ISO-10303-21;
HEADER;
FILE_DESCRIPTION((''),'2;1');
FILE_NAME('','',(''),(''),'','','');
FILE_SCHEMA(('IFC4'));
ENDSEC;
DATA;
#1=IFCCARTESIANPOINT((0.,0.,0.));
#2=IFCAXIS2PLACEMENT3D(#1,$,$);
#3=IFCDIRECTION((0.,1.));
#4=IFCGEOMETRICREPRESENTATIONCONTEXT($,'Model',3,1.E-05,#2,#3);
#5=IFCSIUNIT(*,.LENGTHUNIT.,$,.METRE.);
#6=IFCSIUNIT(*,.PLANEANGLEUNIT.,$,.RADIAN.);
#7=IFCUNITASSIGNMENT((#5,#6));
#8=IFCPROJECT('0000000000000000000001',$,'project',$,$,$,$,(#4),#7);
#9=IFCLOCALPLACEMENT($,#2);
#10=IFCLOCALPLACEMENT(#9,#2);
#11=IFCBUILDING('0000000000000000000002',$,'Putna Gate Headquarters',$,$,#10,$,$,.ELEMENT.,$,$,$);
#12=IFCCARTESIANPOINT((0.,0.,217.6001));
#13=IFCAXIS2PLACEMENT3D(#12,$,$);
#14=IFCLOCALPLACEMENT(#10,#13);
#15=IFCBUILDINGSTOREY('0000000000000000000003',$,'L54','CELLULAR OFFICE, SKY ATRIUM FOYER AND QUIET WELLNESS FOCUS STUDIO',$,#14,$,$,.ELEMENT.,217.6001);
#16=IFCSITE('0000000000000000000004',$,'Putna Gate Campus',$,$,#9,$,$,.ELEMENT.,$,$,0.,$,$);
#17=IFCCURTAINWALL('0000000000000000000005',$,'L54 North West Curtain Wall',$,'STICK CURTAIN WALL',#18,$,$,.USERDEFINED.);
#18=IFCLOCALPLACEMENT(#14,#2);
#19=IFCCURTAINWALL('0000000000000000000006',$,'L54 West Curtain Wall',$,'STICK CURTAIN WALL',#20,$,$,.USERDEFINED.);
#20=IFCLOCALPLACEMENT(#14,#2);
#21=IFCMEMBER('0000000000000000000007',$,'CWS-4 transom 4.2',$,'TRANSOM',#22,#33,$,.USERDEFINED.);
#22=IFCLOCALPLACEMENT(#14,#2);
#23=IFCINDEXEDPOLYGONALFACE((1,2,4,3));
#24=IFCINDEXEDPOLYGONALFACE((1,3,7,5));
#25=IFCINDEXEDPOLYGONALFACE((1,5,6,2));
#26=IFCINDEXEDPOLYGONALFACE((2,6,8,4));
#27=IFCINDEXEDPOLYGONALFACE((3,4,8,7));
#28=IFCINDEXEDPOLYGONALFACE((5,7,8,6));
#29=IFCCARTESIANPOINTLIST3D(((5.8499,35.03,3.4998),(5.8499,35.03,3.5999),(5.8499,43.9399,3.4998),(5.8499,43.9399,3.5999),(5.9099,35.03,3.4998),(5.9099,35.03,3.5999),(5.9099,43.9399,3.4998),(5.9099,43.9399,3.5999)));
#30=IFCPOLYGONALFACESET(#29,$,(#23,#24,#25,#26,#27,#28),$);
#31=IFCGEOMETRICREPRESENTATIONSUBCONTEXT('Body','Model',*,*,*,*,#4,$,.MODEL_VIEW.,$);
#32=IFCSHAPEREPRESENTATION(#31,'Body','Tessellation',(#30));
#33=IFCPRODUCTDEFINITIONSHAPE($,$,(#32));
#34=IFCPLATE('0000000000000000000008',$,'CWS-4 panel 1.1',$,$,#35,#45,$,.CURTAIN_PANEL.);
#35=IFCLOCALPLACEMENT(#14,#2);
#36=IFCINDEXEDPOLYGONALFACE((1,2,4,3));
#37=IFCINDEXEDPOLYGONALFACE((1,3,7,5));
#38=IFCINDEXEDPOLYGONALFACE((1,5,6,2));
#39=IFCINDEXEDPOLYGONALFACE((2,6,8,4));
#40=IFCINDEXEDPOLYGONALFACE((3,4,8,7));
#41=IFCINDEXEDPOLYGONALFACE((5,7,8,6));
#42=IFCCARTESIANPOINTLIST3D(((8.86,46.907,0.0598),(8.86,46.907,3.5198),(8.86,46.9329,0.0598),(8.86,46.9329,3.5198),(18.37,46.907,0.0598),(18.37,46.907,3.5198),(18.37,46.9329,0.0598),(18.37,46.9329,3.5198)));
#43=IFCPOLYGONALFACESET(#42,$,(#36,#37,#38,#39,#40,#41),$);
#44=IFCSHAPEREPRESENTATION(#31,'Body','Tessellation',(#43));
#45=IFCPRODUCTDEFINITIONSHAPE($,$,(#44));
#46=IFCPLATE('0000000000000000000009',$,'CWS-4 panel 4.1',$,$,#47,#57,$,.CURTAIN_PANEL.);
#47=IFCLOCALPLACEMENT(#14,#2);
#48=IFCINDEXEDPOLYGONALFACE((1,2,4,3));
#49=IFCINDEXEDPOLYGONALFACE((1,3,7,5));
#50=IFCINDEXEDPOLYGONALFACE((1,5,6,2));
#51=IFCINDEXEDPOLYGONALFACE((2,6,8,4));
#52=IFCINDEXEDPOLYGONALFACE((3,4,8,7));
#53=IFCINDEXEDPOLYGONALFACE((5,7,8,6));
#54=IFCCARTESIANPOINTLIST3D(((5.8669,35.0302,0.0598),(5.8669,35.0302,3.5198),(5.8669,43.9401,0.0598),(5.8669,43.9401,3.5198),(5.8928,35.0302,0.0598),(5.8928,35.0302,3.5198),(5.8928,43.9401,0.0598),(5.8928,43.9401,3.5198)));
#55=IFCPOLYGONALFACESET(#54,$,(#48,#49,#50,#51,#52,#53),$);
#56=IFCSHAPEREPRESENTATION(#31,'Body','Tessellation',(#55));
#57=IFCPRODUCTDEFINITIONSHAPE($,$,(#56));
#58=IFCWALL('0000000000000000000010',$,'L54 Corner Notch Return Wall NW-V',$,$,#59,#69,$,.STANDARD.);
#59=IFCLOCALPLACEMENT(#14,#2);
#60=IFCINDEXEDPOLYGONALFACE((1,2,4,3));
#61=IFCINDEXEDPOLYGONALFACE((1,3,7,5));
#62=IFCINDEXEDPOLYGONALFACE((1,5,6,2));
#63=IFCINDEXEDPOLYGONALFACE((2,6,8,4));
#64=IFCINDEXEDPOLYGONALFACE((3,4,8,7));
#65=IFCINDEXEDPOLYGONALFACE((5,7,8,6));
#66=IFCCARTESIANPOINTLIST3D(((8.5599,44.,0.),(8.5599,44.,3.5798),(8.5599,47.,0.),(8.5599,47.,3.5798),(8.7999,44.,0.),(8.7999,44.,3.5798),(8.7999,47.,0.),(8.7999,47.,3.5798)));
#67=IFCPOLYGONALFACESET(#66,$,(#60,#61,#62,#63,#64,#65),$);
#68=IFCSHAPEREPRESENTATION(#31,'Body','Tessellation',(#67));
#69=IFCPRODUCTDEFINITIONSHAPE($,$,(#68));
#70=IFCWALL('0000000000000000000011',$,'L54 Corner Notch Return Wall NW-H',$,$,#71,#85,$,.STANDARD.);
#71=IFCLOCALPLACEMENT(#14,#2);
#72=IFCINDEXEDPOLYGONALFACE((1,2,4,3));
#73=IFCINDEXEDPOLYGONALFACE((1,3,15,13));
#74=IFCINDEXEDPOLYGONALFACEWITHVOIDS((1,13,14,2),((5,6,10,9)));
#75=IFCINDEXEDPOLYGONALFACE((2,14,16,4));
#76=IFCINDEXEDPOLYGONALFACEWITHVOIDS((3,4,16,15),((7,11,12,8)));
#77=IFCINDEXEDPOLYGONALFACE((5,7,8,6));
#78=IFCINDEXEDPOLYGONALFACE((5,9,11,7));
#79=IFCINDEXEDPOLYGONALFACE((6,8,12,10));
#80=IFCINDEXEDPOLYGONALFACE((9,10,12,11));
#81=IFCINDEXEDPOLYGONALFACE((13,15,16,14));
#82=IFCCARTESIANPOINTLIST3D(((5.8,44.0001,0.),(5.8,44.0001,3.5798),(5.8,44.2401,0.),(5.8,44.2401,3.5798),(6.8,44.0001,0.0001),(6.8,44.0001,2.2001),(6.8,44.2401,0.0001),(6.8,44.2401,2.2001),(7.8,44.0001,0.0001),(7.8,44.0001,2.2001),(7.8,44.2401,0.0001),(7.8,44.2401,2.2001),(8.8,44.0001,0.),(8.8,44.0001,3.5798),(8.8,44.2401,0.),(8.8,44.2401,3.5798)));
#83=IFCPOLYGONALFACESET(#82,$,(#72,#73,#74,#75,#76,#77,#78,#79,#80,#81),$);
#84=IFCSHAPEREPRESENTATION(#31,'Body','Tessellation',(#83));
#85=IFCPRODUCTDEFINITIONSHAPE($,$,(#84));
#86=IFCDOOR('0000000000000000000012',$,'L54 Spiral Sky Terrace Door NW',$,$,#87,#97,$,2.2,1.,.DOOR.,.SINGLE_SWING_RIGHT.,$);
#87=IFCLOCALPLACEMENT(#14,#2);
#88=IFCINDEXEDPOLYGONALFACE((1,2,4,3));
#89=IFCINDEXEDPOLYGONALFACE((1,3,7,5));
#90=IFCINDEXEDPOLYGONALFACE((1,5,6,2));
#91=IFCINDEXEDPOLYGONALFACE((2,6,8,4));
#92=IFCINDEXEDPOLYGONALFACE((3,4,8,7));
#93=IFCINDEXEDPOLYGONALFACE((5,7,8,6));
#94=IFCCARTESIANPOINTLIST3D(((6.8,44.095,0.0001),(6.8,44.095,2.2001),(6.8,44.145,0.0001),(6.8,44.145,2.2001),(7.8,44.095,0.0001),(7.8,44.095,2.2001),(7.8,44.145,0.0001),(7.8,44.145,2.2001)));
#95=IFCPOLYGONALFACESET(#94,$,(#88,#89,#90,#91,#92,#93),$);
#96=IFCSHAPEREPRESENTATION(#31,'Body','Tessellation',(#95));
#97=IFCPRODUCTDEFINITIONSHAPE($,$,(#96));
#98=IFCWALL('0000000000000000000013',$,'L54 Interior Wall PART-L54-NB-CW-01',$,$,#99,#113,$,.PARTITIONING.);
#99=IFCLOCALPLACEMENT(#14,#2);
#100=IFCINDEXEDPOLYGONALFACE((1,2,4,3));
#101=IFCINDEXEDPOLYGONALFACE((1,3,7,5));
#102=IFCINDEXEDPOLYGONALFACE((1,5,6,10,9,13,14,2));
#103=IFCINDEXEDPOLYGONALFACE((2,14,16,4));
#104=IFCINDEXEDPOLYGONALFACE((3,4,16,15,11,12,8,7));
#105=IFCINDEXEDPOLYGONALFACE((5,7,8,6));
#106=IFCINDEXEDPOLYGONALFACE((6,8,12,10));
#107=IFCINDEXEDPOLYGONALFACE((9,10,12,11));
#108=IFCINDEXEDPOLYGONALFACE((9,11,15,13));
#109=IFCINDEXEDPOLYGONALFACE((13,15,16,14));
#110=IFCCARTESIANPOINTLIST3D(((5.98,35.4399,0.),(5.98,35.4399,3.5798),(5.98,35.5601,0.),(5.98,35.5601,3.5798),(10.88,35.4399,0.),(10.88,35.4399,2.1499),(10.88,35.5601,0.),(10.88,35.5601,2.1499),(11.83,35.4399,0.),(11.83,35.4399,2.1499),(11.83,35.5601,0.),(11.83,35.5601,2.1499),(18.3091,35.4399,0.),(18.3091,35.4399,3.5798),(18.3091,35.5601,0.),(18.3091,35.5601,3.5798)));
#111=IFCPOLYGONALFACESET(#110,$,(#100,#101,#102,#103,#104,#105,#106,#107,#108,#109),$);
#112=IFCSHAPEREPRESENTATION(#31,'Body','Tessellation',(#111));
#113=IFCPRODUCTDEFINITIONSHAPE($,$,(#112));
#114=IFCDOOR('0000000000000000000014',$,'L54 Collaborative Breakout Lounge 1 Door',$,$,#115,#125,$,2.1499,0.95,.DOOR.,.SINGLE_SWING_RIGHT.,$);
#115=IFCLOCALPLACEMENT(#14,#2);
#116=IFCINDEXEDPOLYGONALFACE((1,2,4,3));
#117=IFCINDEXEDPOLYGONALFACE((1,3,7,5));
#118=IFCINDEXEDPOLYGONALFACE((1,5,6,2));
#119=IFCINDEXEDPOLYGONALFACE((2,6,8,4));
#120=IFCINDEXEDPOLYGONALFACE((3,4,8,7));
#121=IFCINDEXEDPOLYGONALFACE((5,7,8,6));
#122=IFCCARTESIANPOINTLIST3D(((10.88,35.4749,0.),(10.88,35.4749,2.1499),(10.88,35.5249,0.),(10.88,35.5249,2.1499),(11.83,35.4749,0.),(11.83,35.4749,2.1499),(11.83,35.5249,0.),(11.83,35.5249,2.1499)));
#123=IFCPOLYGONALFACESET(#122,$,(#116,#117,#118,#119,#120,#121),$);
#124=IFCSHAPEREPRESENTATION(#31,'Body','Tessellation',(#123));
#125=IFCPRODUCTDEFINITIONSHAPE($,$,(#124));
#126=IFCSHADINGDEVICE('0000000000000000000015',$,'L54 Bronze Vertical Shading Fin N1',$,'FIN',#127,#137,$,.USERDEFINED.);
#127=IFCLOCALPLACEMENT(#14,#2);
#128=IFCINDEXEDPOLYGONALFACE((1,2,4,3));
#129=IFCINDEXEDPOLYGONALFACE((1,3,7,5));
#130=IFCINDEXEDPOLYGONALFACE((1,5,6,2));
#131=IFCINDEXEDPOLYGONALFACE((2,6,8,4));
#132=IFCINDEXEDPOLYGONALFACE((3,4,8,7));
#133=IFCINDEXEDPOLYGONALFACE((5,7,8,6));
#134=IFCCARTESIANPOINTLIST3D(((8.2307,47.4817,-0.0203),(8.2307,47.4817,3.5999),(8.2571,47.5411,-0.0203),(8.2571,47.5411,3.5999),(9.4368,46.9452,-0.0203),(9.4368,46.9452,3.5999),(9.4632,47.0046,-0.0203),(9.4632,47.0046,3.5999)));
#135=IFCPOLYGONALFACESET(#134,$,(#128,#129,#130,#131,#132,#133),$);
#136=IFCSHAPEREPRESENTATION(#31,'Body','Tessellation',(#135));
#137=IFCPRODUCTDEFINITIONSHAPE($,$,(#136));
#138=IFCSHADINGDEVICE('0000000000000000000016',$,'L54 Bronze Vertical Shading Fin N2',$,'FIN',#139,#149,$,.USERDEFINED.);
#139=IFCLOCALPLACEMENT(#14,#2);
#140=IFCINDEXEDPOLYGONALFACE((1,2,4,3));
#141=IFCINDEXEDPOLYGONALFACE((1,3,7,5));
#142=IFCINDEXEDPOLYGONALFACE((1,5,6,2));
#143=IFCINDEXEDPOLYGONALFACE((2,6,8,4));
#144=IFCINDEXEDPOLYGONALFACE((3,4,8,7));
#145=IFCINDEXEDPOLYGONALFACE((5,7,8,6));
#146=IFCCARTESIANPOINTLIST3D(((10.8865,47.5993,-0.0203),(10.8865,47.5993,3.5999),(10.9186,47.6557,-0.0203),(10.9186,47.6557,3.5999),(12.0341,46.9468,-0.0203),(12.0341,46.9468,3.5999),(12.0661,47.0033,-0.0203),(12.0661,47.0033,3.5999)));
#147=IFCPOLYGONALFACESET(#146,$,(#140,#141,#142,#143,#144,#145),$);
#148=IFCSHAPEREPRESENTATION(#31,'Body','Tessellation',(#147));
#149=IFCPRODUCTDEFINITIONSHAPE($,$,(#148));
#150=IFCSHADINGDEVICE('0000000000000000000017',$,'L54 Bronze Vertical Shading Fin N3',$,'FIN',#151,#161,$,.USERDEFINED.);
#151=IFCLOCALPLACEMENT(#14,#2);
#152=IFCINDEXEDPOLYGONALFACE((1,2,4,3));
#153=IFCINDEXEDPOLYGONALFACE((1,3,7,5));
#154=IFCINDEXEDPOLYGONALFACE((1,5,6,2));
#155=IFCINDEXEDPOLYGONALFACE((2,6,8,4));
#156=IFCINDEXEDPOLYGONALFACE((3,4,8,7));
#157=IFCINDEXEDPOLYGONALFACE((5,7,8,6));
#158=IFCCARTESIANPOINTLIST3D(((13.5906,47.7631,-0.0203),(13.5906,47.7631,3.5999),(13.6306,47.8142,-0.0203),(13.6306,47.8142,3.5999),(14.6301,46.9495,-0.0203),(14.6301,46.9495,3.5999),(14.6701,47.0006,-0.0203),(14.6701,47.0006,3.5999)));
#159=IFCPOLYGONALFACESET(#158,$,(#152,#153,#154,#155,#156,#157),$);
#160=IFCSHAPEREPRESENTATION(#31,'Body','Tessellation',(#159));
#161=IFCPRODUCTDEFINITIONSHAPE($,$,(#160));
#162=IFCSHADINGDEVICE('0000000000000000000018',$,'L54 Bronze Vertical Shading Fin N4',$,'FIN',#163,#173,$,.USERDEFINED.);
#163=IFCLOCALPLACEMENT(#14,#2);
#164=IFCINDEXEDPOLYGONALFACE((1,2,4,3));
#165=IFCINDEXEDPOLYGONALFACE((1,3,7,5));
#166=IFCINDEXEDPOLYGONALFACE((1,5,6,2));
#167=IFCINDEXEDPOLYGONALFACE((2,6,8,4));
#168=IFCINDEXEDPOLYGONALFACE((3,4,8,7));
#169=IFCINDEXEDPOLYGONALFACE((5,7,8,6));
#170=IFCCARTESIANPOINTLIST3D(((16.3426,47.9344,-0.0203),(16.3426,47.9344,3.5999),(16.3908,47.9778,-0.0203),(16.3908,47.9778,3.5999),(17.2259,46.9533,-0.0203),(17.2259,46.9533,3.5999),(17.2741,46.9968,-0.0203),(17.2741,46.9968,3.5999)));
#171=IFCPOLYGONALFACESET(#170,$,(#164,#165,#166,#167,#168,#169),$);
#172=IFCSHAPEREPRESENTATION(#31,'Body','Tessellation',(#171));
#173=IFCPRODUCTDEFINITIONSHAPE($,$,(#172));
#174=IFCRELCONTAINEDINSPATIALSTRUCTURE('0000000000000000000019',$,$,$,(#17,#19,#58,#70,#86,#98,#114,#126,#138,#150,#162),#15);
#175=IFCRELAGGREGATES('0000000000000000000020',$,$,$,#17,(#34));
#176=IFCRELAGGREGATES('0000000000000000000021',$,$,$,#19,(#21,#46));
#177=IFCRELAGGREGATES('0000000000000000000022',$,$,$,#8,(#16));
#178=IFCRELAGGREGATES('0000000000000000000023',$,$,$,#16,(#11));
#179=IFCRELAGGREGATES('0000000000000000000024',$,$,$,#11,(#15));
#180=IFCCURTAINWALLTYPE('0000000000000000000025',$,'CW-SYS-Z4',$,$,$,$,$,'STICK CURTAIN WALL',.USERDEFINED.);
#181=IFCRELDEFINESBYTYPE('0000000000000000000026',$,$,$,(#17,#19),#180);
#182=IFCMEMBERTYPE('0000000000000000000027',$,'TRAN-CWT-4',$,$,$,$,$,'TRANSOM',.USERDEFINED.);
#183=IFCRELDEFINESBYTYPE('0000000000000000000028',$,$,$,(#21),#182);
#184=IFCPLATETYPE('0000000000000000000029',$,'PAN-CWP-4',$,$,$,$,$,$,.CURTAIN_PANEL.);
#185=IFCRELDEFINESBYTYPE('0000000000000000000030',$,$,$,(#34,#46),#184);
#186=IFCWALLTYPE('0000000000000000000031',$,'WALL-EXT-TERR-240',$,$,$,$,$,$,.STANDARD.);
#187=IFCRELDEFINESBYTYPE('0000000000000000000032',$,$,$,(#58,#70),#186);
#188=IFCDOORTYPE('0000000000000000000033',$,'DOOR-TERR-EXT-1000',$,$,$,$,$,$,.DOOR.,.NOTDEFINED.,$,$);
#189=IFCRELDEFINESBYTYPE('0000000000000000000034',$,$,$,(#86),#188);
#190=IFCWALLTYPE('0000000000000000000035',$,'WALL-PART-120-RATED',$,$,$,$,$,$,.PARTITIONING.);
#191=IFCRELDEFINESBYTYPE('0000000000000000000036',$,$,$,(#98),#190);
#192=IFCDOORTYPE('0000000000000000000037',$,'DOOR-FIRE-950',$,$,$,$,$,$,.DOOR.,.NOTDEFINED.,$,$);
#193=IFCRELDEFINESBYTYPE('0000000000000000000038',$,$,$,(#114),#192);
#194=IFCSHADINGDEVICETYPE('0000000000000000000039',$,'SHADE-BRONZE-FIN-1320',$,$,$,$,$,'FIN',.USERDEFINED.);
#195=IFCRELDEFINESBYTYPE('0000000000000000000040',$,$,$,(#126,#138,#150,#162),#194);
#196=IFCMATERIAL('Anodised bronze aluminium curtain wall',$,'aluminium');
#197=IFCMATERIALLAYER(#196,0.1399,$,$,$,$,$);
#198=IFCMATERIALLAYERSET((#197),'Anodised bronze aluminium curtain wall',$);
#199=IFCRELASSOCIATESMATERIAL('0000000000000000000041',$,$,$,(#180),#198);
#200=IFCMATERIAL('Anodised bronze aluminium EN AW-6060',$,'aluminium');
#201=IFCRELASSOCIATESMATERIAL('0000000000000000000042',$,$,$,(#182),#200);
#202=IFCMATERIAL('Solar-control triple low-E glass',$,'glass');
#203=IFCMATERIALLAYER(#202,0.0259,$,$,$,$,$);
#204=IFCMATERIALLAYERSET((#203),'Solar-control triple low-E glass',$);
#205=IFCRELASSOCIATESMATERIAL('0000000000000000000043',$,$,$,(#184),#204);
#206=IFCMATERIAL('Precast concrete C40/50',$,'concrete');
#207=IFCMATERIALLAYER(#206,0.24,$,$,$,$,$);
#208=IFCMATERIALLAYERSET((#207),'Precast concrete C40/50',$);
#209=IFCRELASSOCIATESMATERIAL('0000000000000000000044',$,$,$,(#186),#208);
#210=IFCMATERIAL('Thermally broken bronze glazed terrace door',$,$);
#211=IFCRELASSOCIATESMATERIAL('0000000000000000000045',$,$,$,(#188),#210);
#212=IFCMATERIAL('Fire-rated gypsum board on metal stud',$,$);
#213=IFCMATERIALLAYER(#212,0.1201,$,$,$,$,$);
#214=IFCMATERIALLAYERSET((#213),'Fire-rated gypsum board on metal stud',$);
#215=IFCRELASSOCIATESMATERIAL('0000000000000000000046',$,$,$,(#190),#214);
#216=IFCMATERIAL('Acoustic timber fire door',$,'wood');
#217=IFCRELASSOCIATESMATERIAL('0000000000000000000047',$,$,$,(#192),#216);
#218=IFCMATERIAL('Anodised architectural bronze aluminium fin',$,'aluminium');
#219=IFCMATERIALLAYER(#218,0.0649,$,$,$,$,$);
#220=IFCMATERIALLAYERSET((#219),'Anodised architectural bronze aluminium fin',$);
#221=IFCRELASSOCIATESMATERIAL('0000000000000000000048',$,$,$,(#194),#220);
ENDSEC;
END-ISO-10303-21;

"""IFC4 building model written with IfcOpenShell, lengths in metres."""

from ifc_helpers import new_model, si_unit, direction, frame, frame_2d, origin, origin_2d, place, context, subcontext, project, spatial, rectangle, extrude, material, layer, layer_set, material_profile, profile_set, type_object, element, fill, aggregate, save


model = new_model("IFC4")

# Units and contexts
model_context = context("Model", 3, precision=1e-05, world=origin(), true_north=direction((0.0, 1.0)))
body_context = subcontext(model_context, "Body", "Model", "MODEL_VIEW")
ifc_project = project(units=[si_unit("LENGTHUNIT", "METRE"), si_unit("PLANEANGLEUNIT", "RADIAN")], contexts=[model_context])

# Site, building, storey
site_placement = place(None, origin())
site = spatial("IfcSite", under=ifc_project, at=site_placement, Name="Putna Gate Campus", CompositionType="ELEMENT", RefElevation=0.0)
building_placement = place(site_placement, origin())
building = spatial("IfcBuilding", under=site, at=building_placement, Name="Putna Gate Headquarters", CompositionType="ELEMENT")
storey_placement = place(building_placement, frame((0.0, 0.0, 217.6001)))
storey = spatial("IfcBuildingStorey", under=building, at=storey_placement, Name="L54", Description="CELLULAR OFFICE, SKY ATRIUM FOYER AND QUIET WELLNESS FOCUS STUDIO", CompositionType="ELEMENT", Elevation=217.6001)

# Curtain wall
ifc_material_1 = material(Name="Anodised bronze aluminium curtain wall", Category="aluminium")
ifc_layer_1 = layer(ifc_material_1, 0.1399)
ifc_layer_set_1 = layer_set([ifc_layer_1], Name="Anodised bronze aluminium curtain wall")
curtain_wall_type = type_object("IfcCurtainWallType", Name="CW-SYS-Z4", ElementType="STICK CURTAIN WALL", PredefinedType="USERDEFINED", material=ifc_layer_set_1)
curtain_wall_1_placement = place(storey_placement, origin())
curtain_wall_1 = element("IfcCurtainWall", 1, at=curtain_wall_1_placement, inside=storey, type_object=curtain_wall_type, Name="L54 North West Curtain Wall", ObjectType="STICK CURTAIN WALL", PredefinedType="USERDEFINED")
ifc_material_2 = material(Name="Anodised bronze aluminium EN AW-6060", Category="aluminium")

# Curtain wall
curtain_wall_2_placement = place(storey_placement, origin())
curtain_wall_2 = element("IfcCurtainWall", 2, at=curtain_wall_2_placement, inside=storey, type_object=curtain_wall_type, Name="L54 West Curtain Wall", ObjectType="STICK CURTAIN WALL", PredefinedType="USERDEFINED")

# Member
ifc_material_profile_1 = material_profile(ifc_material_2, rectangle(XDim=0.0601, YDim=0.1001, at=origin_2d()), Name="Anodised bronze aluminium EN AW-6060")
ifc_profile_set_1 = profile_set([ifc_material_profile_1], Name="Anodised bronze aluminium EN AW-6060")
member_type_1 = type_object("IfcMemberType", Name="TRAN-CWT-4", ElementType="TRANSOM", PredefinedType="USERDEFINED", material=ifc_profile_set_1)
member_1_placement = place(storey_placement, frame((5.8799, 35.03, 3.5498), z_axis=(0.0, 1.0, 0.0), x_axis=(-1.0, 0.0, 0.0)))
member_1 = element("IfcMember", 3, at=member_1_placement, type_object=member_type_1, Name="CWS-4 transom 4.2", ObjectType="TRANSOM", PredefinedType="USERDEFINED", context=body_context, shape_type="SweptSolid", body=[
    extrude(rectangle(XDim=0.0601, YDim=0.1001, at=origin_2d()), origin(), (0.0, 0.0, 1.0), 8.9099),
])

# Plates
ifc_material_3 = material(Name="Solar-control triple low-E glass", Category="glass")
ifc_layer_2 = layer(ifc_material_3, 0.0259)
ifc_layer_set_2 = layer_set([ifc_layer_2], Name="Solar-control triple low-E glass")
plate_type = type_object("IfcPlateType", Name="PAN-CWP-4", PredefinedType="CURTAIN_PANEL", material=ifc_layer_set_2)
plate_1_placement = place(storey_placement, frame((13.615, 46.9199, 0.0598), z_axis=(0.0, 0.0, 1.0), x_axis=(1.0, 0.0, 0.0)))
plate_1 = element("IfcPlate", 4, at=plate_1_placement, type_object=plate_type, Name="CWS-4 panel 1.1", PredefinedType="CURTAIN_PANEL", context=body_context, shape_type="SweptSolid", body=[
    extrude(rectangle(XDim=9.51, YDim=0.0259, at=origin_2d()), origin(), (0.0, 0.0, 1.0), 3.46),
])
aggregate(curtain_wall_1, [plate_1])
plate_2_placement = place(storey_placement, frame((5.8799, 39.4851, 0.0598), z_axis=(0.0, 0.0, 1.0), x_axis=(0.0, 1.0, 0.0)))
plate_2 = element("IfcPlate", 5, at=plate_2_placement, type_object=plate_type, Name="CWS-4 panel 4.1", PredefinedType="CURTAIN_PANEL", context=body_context, shape_type="SweptSolid", body=[
    extrude(rectangle(XDim=8.9099, YDim=0.0259, at=origin_2d()), origin(), (0.0, 0.0, 1.0), 3.46),
])
aggregate(curtain_wall_2, [member_1, plate_2])

# Wall
ifc_material_4 = material(Name="Precast concrete C40/50", Category="concrete")
ifc_layer_3 = layer(ifc_material_4, 0.24)
ifc_layer_set_3 = layer_set([ifc_layer_3], Name="Precast concrete C40/50")
wall_type_1 = type_object("IfcWallType", Name="WALL-EXT-TERR-240", PredefinedType="STANDARD", material=ifc_layer_set_3)
wall_1_placement = place(storey_placement, frame((8.6799, 44.0, 0.0), z_axis=(0.0, 0.0, 1.0), x_axis=(0.0, 1.0, 0.0)))
element("IfcWall", 6, at=wall_1_placement, inside=storey, type_object=wall_type_1, Name="L54 Corner Notch Return Wall NW-V", PredefinedType="STANDARD", context=body_context, shape_type="SweptSolid", body=[
    extrude(rectangle(XDim=3.0, YDim=0.24, at=frame_2d((1.5, 0.0))), origin(), (0.0, 0.0, 1.0), 3.5798),
])

# Walls, openings, doors
wall_2_placement = place(storey_placement, frame((5.8, 44.1201, 0.0), z_axis=(0.0, 0.0, 1.0), x_axis=(1.0, 0.0, 0.0)))
wall_2 = element("IfcWall", 7, at=wall_2_placement, inside=storey, type_object=wall_type_1, Name="L54 Corner Notch Return Wall NW-H", PredefinedType="STANDARD", context=body_context, shape_type="SweptSolid", body=[
    extrude(rectangle(XDim=3.0, YDim=0.24, at=frame_2d((1.5, 0.0))), origin(), (0.0, 0.0, 1.0), 3.5798),
])
opening_1_placement = place(wall_2_placement, frame((1.0, 0.0, 0.0)))
opening_1 = element("IfcOpeningElement", 8, at=opening_1_placement, cuts=wall_2, PredefinedType="OPENING", context=body_context, shape_type="SweptSolid", body=[
    extrude(rectangle(XDim=1.0, YDim=2.2, at=frame_2d((0.5, 1.1001))), frame((0.0, 0.1299, 0.0), z_axis=(0.0, -1.0, 0.0), x_axis=(1.0, 0.0, 0.0)), (0.0, 0.0, 1.0), 0.26),
])
ifc_material_5 = material(Name="Thermally broken bronze glazed terrace door")
door_type_1 = type_object("IfcDoorType", Name="DOOR-TERR-EXT-1000", OperationType="NOTDEFINED", PredefinedType="DOOR", material=ifc_material_5)
door_1_placement = place(opening_1_placement, origin())
door_1 = element("IfcDoor", 9, at=door_1_placement, inside=storey, type_object=door_type_1, Name="L54 Spiral Sky Terrace Door NW", OperationType="SINGLE_SWING_RIGHT", OverallHeight=2.2, OverallWidth=1.0, PredefinedType="DOOR", context=body_context, shape_type="SweptSolid", body=[
    extrude(rectangle(XDim=1.0, YDim=2.2, at=frame_2d((0.5, 1.1001))), frame((0.0, 0.0249, 0.0), z_axis=(0.0, -1.0, 0.0), x_axis=(1.0, 0.0, 0.0)), (0.0, 0.0, 1.0), 0.05),
])
fill(opening_1, door_1)
ifc_material_6 = material(Name="Fire-rated gypsum board on metal stud")
ifc_layer_4 = layer(ifc_material_6, 0.1201)
ifc_layer_set_4 = layer_set([ifc_layer_4], Name="Fire-rated gypsum board on metal stud")
wall_type_2 = type_object("IfcWallType", Name="WALL-PART-120-RATED", PredefinedType="PARTITIONING", material=ifc_layer_set_4)
wall_3_placement = place(storey_placement, frame((5.98, 35.5, 0.0), z_axis=(0.0, 0.0, 1.0), x_axis=(1.0, 0.0, 0.0)))
wall_3 = element("IfcWall", 10, at=wall_3_placement, inside=storey, type_object=wall_type_2, Name="L54 Interior Wall PART-L54-NB-CW-01", PredefinedType="PARTITIONING", context=body_context, shape_type="SweptSolid", body=[
    extrude(rectangle(XDim=12.3291, YDim=0.1201, at=frame_2d((6.1646, 0.0))), origin(), (0.0, 0.0, 1.0), 3.5798),
])
opening_2_placement = place(wall_3_placement, frame((4.8999, 0.0, 0.0)))
opening_2 = element("IfcOpeningElement", 11, at=opening_2_placement, cuts=wall_3, PredefinedType="OPENING", context=body_context, shape_type="SweptSolid", body=[
    extrude(rectangle(XDim=0.95, YDim=2.1499, at=frame_2d((0.4751, 1.075))), frame((0.0, 0.0701, 0.0), z_axis=(0.0, -1.0, 0.0), x_axis=(1.0, 0.0, 0.0)), (0.0, 0.0, 1.0), 0.1401),
])
ifc_material_7 = material(Name="Acoustic timber fire door", Category="wood")
door_type_2 = type_object("IfcDoorType", Name="DOOR-FIRE-950", OperationType="NOTDEFINED", PredefinedType="DOOR", material=ifc_material_7)
door_2_placement = place(opening_2_placement, origin())
door_2 = element("IfcDoor", 12, at=door_2_placement, inside=storey, type_object=door_type_2, Name="L54 Collaborative Breakout Lounge 1 Door", OperationType="SINGLE_SWING_RIGHT", OverallHeight=2.1499, OverallWidth=0.95, PredefinedType="DOOR", context=body_context, shape_type="SweptSolid", body=[
    extrude(rectangle(XDim=0.95, YDim=2.1499, at=frame_2d((0.4751, 1.075))), frame((0.0, 0.0249, 0.0), z_axis=(0.0, -1.0, 0.0), x_axis=(1.0, 0.0, 0.0)), (0.0, 0.0, 1.0), 0.05),
])
fill(opening_2, door_2)

# Shading devices
ifc_material_8 = material(Name="Anodised architectural bronze aluminium fin", Category="aluminium")
ifc_layer_5 = layer(ifc_material_8, 0.0649)
ifc_layer_set_5 = layer_set([ifc_layer_5], Name="Anodised architectural bronze aluminium fin")
shading_device_type = type_object("IfcShadingDeviceType", Name="SHADE-BRONZE-FIN-1320", ElementType="FIN", PredefinedType="USERDEFINED", material=ifc_layer_set_5)
for number, where, z_axis, x_axis, name in (
    (13, (8.8469, 47.2432, -0.0203), (0.0, 0.0, 1.0), (-0.913687, 0.406418, 0.0), "L54 Bronze Vertical Shading Fin N1"),
    (14, (11.4763, 47.3013, -0.0203), (0.0, 0.0, 1.0), (-0.869322, 0.494245, 0.0), "L54 Bronze Vertical Shading Fin N2"),
    (15, (14.1304, 47.3818, -0.0203), (0.0, 0.0, 1.0), (-0.787473, 0.616349, 0.0), "L54 Bronze Vertical Shading Fin N3"),
    (16, (16.8083, 47.4656, -0.0203), (0.0, 0.0, 1.0), (-0.669131, 0.743145, 0.0), "L54 Bronze Vertical Shading Fin N4"),
):
    element("IfcShadingDevice", number, at=place(storey_placement, frame(where, z_axis=z_axis, x_axis=x_axis)), inside=storey, type_object=shading_device_type, Name=name, ObjectType="FIN", PredefinedType="USERDEFINED", context=body_context, shape_type="SweptSolid", body=[
        extrude(rectangle(XDim=1.3201, YDim=0.0649, at=origin_2d()), origin(), (0.0, 0.0, 1.0), 3.6201),
    ])

save(model, "model.ifc")
